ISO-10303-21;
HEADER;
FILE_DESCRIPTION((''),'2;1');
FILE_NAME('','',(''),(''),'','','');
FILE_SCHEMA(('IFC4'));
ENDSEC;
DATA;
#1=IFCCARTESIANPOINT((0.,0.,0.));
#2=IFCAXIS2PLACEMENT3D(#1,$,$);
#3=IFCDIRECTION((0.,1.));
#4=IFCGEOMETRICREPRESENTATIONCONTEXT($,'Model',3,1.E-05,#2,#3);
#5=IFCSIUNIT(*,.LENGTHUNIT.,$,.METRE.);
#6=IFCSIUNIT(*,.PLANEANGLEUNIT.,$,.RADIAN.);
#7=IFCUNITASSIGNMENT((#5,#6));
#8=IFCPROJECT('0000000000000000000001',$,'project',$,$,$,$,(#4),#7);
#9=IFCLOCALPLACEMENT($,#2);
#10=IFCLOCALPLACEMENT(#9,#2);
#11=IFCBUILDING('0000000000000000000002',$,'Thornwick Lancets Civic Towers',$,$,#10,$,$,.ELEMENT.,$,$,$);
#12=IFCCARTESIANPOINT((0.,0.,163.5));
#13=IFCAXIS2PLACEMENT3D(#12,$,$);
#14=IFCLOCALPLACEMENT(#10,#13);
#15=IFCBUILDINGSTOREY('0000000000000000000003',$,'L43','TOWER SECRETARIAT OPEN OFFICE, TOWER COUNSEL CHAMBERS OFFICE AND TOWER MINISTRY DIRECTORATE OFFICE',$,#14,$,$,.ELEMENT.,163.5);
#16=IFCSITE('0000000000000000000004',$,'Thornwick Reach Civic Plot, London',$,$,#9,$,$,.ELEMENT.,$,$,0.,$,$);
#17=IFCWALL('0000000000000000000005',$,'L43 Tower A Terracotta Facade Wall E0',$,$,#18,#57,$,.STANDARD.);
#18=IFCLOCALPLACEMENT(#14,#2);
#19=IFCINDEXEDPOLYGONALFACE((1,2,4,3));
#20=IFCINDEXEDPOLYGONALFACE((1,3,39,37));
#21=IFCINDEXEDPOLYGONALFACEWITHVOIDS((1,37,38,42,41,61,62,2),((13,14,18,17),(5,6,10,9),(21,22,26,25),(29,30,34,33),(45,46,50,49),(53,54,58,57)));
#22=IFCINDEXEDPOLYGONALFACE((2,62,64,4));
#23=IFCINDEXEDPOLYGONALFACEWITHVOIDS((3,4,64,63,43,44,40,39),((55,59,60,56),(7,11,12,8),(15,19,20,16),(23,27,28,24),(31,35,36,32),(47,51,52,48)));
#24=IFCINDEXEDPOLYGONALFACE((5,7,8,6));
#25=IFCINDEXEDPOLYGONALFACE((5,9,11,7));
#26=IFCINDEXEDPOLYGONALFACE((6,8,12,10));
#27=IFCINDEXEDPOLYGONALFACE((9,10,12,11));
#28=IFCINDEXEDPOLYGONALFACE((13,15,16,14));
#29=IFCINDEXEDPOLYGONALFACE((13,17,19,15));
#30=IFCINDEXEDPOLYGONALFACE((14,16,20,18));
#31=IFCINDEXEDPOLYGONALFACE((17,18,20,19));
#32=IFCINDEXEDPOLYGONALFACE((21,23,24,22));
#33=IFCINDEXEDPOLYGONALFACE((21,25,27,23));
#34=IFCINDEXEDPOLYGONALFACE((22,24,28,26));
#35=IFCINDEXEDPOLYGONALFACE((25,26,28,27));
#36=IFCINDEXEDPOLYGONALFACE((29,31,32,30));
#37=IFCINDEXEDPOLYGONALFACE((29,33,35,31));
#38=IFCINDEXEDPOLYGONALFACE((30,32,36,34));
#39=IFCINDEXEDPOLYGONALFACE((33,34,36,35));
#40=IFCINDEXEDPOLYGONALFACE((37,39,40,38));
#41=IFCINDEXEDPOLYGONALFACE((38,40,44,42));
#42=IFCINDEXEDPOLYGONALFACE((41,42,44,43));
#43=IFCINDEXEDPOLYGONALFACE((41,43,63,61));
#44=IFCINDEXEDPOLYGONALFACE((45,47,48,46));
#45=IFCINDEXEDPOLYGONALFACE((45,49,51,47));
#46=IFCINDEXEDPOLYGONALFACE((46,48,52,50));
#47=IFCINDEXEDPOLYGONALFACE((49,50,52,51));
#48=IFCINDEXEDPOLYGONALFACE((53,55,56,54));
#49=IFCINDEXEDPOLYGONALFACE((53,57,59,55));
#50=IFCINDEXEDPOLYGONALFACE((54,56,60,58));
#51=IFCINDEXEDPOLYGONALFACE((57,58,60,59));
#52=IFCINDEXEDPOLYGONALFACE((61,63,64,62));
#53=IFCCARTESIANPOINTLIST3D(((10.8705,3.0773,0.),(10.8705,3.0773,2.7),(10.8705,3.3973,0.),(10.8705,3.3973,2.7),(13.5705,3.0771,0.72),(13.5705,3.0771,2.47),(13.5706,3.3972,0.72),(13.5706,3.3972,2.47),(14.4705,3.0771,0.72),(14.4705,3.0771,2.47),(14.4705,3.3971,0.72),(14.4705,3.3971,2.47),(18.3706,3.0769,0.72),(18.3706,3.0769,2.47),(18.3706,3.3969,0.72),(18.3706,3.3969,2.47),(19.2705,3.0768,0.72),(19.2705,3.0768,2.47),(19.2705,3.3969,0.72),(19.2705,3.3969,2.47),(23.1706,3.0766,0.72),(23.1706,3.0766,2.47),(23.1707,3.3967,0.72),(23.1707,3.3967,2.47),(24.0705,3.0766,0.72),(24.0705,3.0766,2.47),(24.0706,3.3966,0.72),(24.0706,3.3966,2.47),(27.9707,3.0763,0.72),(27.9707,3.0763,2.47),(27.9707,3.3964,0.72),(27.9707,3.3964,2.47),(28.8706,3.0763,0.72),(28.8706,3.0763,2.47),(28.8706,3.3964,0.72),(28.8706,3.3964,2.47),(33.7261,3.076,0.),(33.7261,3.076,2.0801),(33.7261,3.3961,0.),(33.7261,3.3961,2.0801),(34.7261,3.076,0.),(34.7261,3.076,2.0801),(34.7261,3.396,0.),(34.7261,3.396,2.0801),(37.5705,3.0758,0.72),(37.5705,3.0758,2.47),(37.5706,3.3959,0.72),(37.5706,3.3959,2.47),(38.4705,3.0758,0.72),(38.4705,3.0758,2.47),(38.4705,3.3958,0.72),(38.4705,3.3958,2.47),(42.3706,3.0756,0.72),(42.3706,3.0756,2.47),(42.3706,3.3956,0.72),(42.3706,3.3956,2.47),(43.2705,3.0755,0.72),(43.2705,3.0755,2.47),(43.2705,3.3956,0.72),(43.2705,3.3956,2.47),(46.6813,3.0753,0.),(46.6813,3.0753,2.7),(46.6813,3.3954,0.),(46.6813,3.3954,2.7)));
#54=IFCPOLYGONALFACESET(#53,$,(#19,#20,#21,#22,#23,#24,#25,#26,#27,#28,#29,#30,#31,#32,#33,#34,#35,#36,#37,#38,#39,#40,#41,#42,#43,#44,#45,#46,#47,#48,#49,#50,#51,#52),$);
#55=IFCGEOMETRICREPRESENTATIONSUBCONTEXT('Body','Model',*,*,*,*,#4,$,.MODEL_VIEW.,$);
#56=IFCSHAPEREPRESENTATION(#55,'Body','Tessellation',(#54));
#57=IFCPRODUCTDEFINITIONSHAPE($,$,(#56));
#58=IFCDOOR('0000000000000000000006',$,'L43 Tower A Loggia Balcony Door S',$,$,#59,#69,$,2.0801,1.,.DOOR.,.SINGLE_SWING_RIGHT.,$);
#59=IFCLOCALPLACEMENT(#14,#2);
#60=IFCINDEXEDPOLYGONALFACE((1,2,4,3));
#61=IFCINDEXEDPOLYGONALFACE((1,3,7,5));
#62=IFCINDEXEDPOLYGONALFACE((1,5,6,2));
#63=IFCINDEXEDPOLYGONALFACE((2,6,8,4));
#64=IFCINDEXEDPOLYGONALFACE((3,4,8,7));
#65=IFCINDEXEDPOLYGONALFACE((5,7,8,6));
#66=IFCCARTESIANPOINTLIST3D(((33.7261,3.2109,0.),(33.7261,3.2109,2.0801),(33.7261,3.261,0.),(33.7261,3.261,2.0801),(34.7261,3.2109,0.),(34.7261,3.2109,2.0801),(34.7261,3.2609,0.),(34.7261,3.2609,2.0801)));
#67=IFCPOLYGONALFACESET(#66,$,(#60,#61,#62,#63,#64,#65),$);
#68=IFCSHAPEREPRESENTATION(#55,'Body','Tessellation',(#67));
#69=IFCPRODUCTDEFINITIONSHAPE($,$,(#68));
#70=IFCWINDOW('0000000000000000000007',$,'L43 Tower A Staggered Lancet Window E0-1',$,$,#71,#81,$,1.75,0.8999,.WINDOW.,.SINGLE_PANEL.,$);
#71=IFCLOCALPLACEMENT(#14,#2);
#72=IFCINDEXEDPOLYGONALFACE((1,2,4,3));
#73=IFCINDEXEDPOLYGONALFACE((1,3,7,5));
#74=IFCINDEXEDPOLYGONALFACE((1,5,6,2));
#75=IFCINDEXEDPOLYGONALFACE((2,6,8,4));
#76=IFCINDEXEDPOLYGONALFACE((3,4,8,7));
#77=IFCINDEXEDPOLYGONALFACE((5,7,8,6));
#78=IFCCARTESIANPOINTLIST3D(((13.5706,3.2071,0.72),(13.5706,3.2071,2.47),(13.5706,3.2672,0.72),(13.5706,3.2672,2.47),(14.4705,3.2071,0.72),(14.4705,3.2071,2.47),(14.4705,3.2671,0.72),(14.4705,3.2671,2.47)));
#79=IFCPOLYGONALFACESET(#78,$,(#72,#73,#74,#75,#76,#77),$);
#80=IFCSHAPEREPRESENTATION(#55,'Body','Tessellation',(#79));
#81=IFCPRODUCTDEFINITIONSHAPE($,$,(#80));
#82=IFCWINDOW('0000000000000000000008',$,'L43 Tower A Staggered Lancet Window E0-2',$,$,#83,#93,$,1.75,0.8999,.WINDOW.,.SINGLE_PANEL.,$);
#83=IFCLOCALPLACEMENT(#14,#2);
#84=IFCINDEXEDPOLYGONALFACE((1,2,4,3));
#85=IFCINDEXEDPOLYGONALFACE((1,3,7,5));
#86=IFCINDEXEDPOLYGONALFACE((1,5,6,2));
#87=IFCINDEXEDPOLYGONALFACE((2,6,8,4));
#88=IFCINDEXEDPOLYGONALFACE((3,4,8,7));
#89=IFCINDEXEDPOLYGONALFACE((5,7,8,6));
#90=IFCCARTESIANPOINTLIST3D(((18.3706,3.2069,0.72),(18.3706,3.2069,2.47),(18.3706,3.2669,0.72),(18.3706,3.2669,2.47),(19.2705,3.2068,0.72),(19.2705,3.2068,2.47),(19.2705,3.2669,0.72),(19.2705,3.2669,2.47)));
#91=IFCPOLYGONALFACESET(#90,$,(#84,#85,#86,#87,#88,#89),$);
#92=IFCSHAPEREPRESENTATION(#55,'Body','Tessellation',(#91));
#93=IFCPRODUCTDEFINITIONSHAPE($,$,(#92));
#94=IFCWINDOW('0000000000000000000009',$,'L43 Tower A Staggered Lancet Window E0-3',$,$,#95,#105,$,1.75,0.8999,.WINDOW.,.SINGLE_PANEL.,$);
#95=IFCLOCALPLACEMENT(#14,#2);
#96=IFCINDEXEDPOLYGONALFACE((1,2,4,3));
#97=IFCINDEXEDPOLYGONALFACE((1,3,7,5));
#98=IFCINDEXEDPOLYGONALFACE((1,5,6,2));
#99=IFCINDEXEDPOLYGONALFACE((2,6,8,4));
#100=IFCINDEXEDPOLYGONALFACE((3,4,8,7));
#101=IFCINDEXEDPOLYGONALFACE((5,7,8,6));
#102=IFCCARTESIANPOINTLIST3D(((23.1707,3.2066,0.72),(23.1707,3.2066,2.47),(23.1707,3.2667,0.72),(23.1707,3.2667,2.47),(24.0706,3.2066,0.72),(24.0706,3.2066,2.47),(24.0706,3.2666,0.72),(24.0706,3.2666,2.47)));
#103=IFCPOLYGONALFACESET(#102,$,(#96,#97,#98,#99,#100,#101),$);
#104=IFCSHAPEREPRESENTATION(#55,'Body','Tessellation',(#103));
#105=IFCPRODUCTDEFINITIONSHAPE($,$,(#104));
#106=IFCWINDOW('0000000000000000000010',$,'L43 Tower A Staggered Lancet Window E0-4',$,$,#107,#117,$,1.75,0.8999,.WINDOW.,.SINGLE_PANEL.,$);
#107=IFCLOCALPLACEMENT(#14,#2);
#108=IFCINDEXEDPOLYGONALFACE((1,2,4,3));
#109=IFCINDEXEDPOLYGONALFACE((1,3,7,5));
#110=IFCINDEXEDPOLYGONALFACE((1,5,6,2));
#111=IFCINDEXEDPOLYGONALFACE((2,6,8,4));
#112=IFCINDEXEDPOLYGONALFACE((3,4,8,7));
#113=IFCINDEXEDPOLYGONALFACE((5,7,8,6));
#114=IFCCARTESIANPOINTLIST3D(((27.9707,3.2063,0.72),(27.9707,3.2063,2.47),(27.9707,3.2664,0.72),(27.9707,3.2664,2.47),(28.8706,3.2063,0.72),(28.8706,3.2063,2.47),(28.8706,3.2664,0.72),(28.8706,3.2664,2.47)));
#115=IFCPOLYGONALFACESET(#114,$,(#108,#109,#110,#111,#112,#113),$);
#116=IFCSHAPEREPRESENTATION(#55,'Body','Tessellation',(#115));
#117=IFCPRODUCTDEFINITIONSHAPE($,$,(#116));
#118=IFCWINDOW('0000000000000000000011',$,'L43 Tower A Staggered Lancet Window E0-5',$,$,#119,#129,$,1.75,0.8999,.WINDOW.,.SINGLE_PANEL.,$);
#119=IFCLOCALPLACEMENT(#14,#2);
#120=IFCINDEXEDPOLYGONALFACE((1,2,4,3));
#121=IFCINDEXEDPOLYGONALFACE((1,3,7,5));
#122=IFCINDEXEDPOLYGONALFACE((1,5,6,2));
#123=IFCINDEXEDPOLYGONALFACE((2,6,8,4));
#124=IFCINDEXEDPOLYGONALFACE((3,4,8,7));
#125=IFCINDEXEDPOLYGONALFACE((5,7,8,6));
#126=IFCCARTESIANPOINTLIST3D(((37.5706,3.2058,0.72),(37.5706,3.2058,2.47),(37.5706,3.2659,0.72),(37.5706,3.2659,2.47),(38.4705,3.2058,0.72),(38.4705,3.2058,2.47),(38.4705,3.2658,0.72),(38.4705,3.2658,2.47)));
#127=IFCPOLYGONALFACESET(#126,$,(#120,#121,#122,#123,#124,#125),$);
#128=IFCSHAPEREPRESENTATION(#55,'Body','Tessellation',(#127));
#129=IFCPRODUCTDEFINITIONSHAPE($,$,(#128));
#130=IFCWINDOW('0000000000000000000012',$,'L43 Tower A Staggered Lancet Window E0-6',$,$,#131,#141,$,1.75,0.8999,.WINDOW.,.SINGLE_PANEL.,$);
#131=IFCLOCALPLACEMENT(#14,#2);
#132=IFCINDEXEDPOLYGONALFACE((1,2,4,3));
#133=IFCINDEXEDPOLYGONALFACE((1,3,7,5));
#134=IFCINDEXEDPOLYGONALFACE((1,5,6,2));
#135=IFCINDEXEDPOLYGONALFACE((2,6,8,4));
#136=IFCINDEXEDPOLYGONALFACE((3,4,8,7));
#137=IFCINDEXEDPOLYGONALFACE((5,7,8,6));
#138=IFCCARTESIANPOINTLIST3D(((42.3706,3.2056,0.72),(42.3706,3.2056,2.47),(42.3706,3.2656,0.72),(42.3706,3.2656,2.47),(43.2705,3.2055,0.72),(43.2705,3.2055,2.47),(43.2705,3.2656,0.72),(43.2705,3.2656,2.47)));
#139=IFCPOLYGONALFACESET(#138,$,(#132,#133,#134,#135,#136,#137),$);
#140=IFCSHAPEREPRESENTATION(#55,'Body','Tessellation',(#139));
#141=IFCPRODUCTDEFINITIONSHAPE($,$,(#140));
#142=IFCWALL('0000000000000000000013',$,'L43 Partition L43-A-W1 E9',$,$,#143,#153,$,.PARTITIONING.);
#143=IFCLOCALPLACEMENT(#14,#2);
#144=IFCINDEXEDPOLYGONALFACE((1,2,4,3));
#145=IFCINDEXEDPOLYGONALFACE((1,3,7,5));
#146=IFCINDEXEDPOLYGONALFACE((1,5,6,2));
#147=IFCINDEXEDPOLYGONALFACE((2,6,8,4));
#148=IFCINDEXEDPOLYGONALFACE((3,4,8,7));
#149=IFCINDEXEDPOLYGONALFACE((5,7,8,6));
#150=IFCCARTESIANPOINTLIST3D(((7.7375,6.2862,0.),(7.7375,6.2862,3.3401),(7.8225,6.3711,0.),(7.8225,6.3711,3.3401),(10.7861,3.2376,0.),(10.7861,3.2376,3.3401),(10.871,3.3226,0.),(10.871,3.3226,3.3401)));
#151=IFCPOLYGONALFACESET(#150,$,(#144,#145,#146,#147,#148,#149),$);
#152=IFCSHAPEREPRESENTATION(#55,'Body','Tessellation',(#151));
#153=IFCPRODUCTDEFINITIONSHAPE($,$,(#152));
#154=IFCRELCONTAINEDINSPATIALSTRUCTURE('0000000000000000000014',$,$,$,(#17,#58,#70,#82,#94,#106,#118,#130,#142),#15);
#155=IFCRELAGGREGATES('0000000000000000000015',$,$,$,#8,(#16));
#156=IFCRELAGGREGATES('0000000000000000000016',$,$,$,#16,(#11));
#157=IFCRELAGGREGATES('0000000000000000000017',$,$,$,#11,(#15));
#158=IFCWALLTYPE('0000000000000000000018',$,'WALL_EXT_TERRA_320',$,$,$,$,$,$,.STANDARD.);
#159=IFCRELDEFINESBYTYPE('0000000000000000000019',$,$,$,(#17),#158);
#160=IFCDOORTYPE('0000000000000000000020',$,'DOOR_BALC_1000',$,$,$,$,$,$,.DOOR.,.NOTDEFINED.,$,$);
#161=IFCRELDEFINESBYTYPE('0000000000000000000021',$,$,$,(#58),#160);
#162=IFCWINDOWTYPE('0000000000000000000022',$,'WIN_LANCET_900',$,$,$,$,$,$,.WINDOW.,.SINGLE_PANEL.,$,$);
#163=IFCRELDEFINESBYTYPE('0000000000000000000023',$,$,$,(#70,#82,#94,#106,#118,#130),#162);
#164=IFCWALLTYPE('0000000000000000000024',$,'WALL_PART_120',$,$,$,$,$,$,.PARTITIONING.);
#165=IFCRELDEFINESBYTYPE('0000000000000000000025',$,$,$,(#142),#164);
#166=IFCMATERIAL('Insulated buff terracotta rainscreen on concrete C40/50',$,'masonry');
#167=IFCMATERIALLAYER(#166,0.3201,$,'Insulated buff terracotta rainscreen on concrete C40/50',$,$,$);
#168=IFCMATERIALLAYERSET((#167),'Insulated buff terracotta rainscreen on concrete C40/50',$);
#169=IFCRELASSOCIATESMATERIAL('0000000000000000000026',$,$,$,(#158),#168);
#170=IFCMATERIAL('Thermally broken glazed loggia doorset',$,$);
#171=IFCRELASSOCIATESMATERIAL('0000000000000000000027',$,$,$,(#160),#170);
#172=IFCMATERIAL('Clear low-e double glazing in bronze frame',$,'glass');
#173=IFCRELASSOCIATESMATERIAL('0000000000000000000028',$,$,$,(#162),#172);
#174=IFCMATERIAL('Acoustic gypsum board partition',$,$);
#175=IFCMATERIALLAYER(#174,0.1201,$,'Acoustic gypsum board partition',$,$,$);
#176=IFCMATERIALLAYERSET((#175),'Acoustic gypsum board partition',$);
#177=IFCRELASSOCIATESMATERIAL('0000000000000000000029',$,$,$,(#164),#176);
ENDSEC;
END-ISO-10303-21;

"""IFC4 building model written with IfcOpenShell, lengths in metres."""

from ifc_helpers import new_model, si_unit, direction, frame, frame_2d, origin, place, context, subcontext, project, spatial, rectangle, extrude, material, layer, layer_set, type_object, element, fill, save


model = new_model("IFC4")

# Units and contexts
model_context = context("Model", 3, precision=1e-05, world=origin(), true_north=direction((0.0, 1.0)))
body_context = subcontext(model_context, "Body", "Model", "MODEL_VIEW")
ifc_project = project(units=[si_unit("LENGTHUNIT", "METRE"), si_unit("PLANEANGLEUNIT", "RADIAN")], contexts=[model_context])

# Site, building, storey
site_placement = place(None, origin())
site = spatial("IfcSite", under=ifc_project, at=site_placement, Name="Thornwick Reach Civic Plot, London", CompositionType="ELEMENT", RefElevation=0.0)
building_placement = place(site_placement, origin())
building = spatial("IfcBuilding", under=site, at=building_placement, Name="Thornwick Lancets Civic Towers", CompositionType="ELEMENT")
storey_placement = place(building_placement, frame((0.0, 0.0, 163.5)))
storey = spatial("IfcBuildingStorey", under=building, at=storey_placement, Name="L43", Description="TOWER SECRETARIAT OPEN OFFICE, TOWER COUNSEL CHAMBERS OFFICE AND TOWER MINISTRY DIRECTORATE OFFICE", CompositionType="ELEMENT", Elevation=163.5)

# Wall, openings, door, windows
ifc_material_1 = material(Name="Insulated buff terracotta rainscreen on concrete C40/50", Category="masonry")
ifc_layer_1 = layer(ifc_material_1, 0.3201, Name="Insulated buff terracotta rainscreen on concrete C40/50")
ifc_layer_set_1 = layer_set([ifc_layer_1], Name="Insulated buff terracotta rainscreen on concrete C40/50")
wall_type_1 = type_object("IfcWallType", Name="WALL_EXT_TERRA_320", PredefinedType="STANDARD", material=ifc_layer_set_1)
wall_1_placement = place(storey_placement, frame((10.8706, 3.2373, 0.0), z_axis=(0.0, 0.0, 1.0), x_axis=(1.0, -0.000055, 0.0)))
wall_1 = element("IfcWall", 1, at=wall_1_placement, inside=storey, type_object=wall_type_1, Name="L43 Tower A Terracotta Facade Wall E0", PredefinedType="STANDARD", context=body_context, shape_type="SweptSolid", body=[
    extrude(rectangle(XDim=35.8108, YDim=0.3201, at=frame_2d((17.9053, 0.0))), origin(), (0.0, 0.0, 1.0), 2.7),
])
opening_1_placement = place(wall_1_placement, frame((22.8555, 0.0, 0.0)))
opening_1 = element("IfcOpeningElement", 2, at=opening_1_placement, cuts=wall_1, PredefinedType="OPENING", context=body_context, shape_type="SweptSolid", body=[
    extrude(rectangle(XDim=1.0, YDim=2.0801, at=frame_2d((0.5, 1.04))), frame((0.0, 0.1699, 0.0), z_axis=(0.0, -1.0, 0.0), x_axis=(1.0, 0.0, 0.0)), (0.0, 0.0, 1.0), 0.3401),
])
opening_2_placement = place(wall_1_placement, frame((2.7, 0.0, 0.72)))
opening_2 = element("IfcOpeningElement", 3, at=opening_2_placement, cuts=wall_1, PredefinedType="OPENING", context=body_context, shape_type="SweptSolid", body=[
    extrude(rectangle(XDim=0.8999, YDim=1.75, at=frame_2d((0.45, 0.875))), frame((0.0, 0.1699, 0.0), z_axis=(0.0, -1.0, 0.0), x_axis=(1.0, 0.0, 0.0)), (0.0, 0.0, 1.0), 0.3401),
])
opening_3_placement = place(wall_1_placement, frame((7.5, 0.0, 0.72)))
opening_3 = element("IfcOpeningElement", 4, at=opening_3_placement, cuts=wall_1, PredefinedType="OPENING", context=body_context, shape_type="SweptSolid", body=[
    extrude(rectangle(XDim=0.8999, YDim=1.75, at=frame_2d((0.45, 0.875))), frame((0.0, 0.1699, 0.0), z_axis=(0.0, -1.0, 0.0), x_axis=(1.0, 0.0, 0.0)), (0.0, 0.0, 1.0), 0.3401),
])
opening_4_placement = place(wall_1_placement, frame((12.3, 0.0, 0.72)))
opening_4 = element("IfcOpeningElement", 5, at=opening_4_placement, cuts=wall_1, PredefinedType="OPENING", context=body_context, shape_type="SweptSolid", body=[
    extrude(rectangle(XDim=0.8999, YDim=1.75, at=frame_2d((0.45, 0.875))), frame((0.0, 0.1699, 0.0), z_axis=(0.0, -1.0, 0.0), x_axis=(1.0, 0.0, 0.0)), (0.0, 0.0, 1.0), 0.3401),
])
opening_5_placement = place(wall_1_placement, frame((17.1001, 0.0, 0.72)))
opening_5 = element("IfcOpeningElement", 6, at=opening_5_placement, cuts=wall_1, PredefinedType="OPENING", context=body_context, shape_type="SweptSolid", body=[
    extrude(rectangle(XDim=0.8999, YDim=1.75, at=frame_2d((0.45, 0.875))), frame((0.0, 0.1699, 0.0), z_axis=(0.0, -1.0, 0.0), x_axis=(1.0, 0.0, 0.0)), (0.0, 0.0, 1.0), 0.3401),
])
opening_6_placement = place(wall_1_placement, frame((26.7, 0.0, 0.72)))
opening_6 = element("IfcOpeningElement", 7, at=opening_6_placement, cuts=wall_1, PredefinedType="OPENING", context=body_context, shape_type="SweptSolid", body=[
    extrude(rectangle(XDim=0.8999, YDim=1.75, at=frame_2d((0.45, 0.875))), frame((0.0, 0.1699, 0.0), z_axis=(0.0, -1.0, 0.0), x_axis=(1.0, 0.0, 0.0)), (0.0, 0.0, 1.0), 0.3401),
])
opening_7_placement = place(wall_1_placement, frame((31.5, 0.0, 0.72)))
opening_7 = element("IfcOpeningElement", 8, at=opening_7_placement, cuts=wall_1, PredefinedType="OPENING", context=body_context, shape_type="SweptSolid", body=[
    extrude(rectangle(XDim=0.8999, YDim=1.75, at=frame_2d((0.45, 0.875))), frame((0.0, 0.1699, 0.0), z_axis=(0.0, -1.0, 0.0), x_axis=(1.0, 0.0, 0.0)), (0.0, 0.0, 1.0), 0.3401),
])
ifc_material_2 = material(Name="Thermally broken glazed loggia doorset")
door_type = type_object("IfcDoorType", Name="DOOR_BALC_1000", OperationType="NOTDEFINED", PredefinedType="DOOR", material=ifc_material_2)
door_placement = place(opening_1_placement, origin())
door = element("IfcDoor", 9, at=door_placement, inside=storey, type_object=door_type, Name="L43 Tower A Loggia Balcony Door S", OperationType="SINGLE_SWING_RIGHT", OverallHeight=2.0801, OverallWidth=1.0, PredefinedType="DOOR", context=body_context, shape_type="SweptSolid", body=[
    extrude(rectangle(XDim=1.0, YDim=2.0801, at=frame_2d((0.5, 1.04))), frame((0.0, 0.0249, 0.0), z_axis=(0.0, -1.0, 0.0), x_axis=(1.0, 0.0, 0.0)), (0.0, 0.0, 1.0), 0.05),
])
fill(opening_1, door)
ifc_material_3 = material(Name="Clear low-e double glazing in bronze frame", Category="glass")
window_type = type_object("IfcWindowType", Name="WIN_LANCET_900", PartitioningType="SINGLE_PANEL", PredefinedType="WINDOW", material=ifc_material_3)
window_1_placement = place(opening_2_placement, origin())
window_1 = element("IfcWindow", 10, at=window_1_placement, inside=storey, type_object=window_type, Name="L43 Tower A Staggered Lancet Window E0-1", OverallHeight=1.75, OverallWidth=0.8999, PartitioningType="SINGLE_PANEL", PredefinedType="WINDOW", context=body_context, shape_type="SweptSolid", body=[
    extrude(rectangle(XDim=0.8999, YDim=1.75, at=frame_2d((0.45, 0.875))), frame((0.0, 0.03, 0.0), z_axis=(0.0, -1.0, 0.0), x_axis=(1.0, 0.0, 0.0)), (0.0, 0.0, 1.0), 0.0601),
])
fill(opening_2, window_1)
window_2_placement = place(opening_3_placement, origin())
window_2 = element("IfcWindow", 11, at=window_2_placement, inside=storey, type_object=window_type, Name="L43 Tower A Staggered Lancet Window E0-2", OverallHeight=1.75, OverallWidth=0.8999, PartitioningType="SINGLE_PANEL", PredefinedType="WINDOW", context=body_context, shape_type="SweptSolid", body=[
    extrude(rectangle(XDim=0.8999, YDim=1.75, at=frame_2d((0.45, 0.875))), frame((0.0, 0.03, 0.0), z_axis=(0.0, -1.0, 0.0), x_axis=(1.0, 0.0, 0.0)), (0.0, 0.0, 1.0), 0.0601),
])
fill(opening_3, window_2)
window_3_placement = place(opening_4_placement, origin())
window_3 = element("IfcWindow", 12, at=window_3_placement, inside=storey, type_object=window_type, Name="L43 Tower A Staggered Lancet Window E0-3", OverallHeight=1.75, OverallWidth=0.8999, PartitioningType="SINGLE_PANEL", PredefinedType="WINDOW", context=body_context, shape_type="SweptSolid", body=[
    extrude(rectangle(XDim=0.8999, YDim=1.75, at=frame_2d((0.45, 0.875))), frame((0.0, 0.03, 0.0), z_axis=(0.0, -1.0, 0.0), x_axis=(1.0, 0.0, 0.0)), (0.0, 0.0, 1.0), 0.0601),
])
fill(opening_4, window_3)
window_4_placement = place(opening_5_placement, origin())
window_4 = element("IfcWindow", 13, at=window_4_placement, inside=storey, type_object=window_type, Name="L43 Tower A Staggered Lancet Window E0-4", OverallHeight=1.75, OverallWidth=0.8999, PartitioningType="SINGLE_PANEL", PredefinedType="WINDOW", context=body_context, shape_type="SweptSolid", body=[
    extrude(rectangle(XDim=0.8999, YDim=1.75, at=frame_2d((0.45, 0.875))), frame((0.0, 0.03, 0.0), z_axis=(0.0, -1.0, 0.0), x_axis=(1.0, 0.0, 0.0)), (0.0, 0.0, 1.0), 0.0601),
])
fill(opening_5, window_4)
window_5_placement = place(opening_6_placement, origin())
window_5 = element("IfcWindow", 14, at=window_5_placement, inside=storey, type_object=window_type, Name="L43 Tower A Staggered Lancet Window E0-5", OverallHeight=1.75, OverallWidth=0.8999, PartitioningType="SINGLE_PANEL", PredefinedType="WINDOW", context=body_context, shape_type="SweptSolid", body=[
    extrude(rectangle(XDim=0.8999, YDim=1.75, at=frame_2d((0.45, 0.875))), frame((0.0, 0.03, 0.0), z_axis=(0.0, -1.0, 0.0), x_axis=(1.0, 0.0, 0.0)), (0.0, 0.0, 1.0), 0.0601),
])
fill(opening_6, window_5)
window_6_placement = place(opening_7_placement, origin())
window_6 = element("IfcWindow", 15, at=window_6_placement, inside=storey, type_object=window_type, Name="L43 Tower A Staggered Lancet Window E0-6", OverallHeight=1.75, OverallWidth=0.8999, PartitioningType="SINGLE_PANEL", PredefinedType="WINDOW", context=body_context, shape_type="SweptSolid", body=[
    extrude(rectangle(XDim=0.8999, YDim=1.75, at=frame_2d((0.45, 0.875))), frame((0.0, 0.03, 0.0), z_axis=(0.0, -1.0, 0.0), x_axis=(1.0, 0.0, 0.0)), (0.0, 0.0, 1.0), 0.0601),
])
fill(opening_7, window_6)

# Wall
ifc_material_4 = material(Name="Acoustic gypsum board partition")
ifc_layer_2 = layer(ifc_material_4, 0.1201, Name="Acoustic gypsum board partition")
ifc_layer_set_2 = layer_set([ifc_layer_2], Name="Acoustic gypsum board partition")
wall_type_2 = type_object("IfcWallType", Name="WALL_PART_120", PredefinedType="PARTITIONING", material=ifc_layer_set_2)
wall_2_placement = place(storey_placement, frame((10.8286, 3.28, 0.0), z_axis=(0.0, 0.0, 1.0), x_axis=(-0.707107, 0.707107, 0.0)))
element("IfcWall", 16, at=wall_2_placement, inside=storey, type_object=wall_type_2, Name="L43 Partition L43-A-W1 E9", PredefinedType="PARTITIONING", context=body_context, shape_type="SweptSolid", body=[
    extrude(rectangle(XDim=4.3113, YDim=0.1201, at=frame_2d((2.1558, 0.0))), origin(), (0.0, 0.0, 1.0), 3.3401),
])

save(model, "model.ifc")
